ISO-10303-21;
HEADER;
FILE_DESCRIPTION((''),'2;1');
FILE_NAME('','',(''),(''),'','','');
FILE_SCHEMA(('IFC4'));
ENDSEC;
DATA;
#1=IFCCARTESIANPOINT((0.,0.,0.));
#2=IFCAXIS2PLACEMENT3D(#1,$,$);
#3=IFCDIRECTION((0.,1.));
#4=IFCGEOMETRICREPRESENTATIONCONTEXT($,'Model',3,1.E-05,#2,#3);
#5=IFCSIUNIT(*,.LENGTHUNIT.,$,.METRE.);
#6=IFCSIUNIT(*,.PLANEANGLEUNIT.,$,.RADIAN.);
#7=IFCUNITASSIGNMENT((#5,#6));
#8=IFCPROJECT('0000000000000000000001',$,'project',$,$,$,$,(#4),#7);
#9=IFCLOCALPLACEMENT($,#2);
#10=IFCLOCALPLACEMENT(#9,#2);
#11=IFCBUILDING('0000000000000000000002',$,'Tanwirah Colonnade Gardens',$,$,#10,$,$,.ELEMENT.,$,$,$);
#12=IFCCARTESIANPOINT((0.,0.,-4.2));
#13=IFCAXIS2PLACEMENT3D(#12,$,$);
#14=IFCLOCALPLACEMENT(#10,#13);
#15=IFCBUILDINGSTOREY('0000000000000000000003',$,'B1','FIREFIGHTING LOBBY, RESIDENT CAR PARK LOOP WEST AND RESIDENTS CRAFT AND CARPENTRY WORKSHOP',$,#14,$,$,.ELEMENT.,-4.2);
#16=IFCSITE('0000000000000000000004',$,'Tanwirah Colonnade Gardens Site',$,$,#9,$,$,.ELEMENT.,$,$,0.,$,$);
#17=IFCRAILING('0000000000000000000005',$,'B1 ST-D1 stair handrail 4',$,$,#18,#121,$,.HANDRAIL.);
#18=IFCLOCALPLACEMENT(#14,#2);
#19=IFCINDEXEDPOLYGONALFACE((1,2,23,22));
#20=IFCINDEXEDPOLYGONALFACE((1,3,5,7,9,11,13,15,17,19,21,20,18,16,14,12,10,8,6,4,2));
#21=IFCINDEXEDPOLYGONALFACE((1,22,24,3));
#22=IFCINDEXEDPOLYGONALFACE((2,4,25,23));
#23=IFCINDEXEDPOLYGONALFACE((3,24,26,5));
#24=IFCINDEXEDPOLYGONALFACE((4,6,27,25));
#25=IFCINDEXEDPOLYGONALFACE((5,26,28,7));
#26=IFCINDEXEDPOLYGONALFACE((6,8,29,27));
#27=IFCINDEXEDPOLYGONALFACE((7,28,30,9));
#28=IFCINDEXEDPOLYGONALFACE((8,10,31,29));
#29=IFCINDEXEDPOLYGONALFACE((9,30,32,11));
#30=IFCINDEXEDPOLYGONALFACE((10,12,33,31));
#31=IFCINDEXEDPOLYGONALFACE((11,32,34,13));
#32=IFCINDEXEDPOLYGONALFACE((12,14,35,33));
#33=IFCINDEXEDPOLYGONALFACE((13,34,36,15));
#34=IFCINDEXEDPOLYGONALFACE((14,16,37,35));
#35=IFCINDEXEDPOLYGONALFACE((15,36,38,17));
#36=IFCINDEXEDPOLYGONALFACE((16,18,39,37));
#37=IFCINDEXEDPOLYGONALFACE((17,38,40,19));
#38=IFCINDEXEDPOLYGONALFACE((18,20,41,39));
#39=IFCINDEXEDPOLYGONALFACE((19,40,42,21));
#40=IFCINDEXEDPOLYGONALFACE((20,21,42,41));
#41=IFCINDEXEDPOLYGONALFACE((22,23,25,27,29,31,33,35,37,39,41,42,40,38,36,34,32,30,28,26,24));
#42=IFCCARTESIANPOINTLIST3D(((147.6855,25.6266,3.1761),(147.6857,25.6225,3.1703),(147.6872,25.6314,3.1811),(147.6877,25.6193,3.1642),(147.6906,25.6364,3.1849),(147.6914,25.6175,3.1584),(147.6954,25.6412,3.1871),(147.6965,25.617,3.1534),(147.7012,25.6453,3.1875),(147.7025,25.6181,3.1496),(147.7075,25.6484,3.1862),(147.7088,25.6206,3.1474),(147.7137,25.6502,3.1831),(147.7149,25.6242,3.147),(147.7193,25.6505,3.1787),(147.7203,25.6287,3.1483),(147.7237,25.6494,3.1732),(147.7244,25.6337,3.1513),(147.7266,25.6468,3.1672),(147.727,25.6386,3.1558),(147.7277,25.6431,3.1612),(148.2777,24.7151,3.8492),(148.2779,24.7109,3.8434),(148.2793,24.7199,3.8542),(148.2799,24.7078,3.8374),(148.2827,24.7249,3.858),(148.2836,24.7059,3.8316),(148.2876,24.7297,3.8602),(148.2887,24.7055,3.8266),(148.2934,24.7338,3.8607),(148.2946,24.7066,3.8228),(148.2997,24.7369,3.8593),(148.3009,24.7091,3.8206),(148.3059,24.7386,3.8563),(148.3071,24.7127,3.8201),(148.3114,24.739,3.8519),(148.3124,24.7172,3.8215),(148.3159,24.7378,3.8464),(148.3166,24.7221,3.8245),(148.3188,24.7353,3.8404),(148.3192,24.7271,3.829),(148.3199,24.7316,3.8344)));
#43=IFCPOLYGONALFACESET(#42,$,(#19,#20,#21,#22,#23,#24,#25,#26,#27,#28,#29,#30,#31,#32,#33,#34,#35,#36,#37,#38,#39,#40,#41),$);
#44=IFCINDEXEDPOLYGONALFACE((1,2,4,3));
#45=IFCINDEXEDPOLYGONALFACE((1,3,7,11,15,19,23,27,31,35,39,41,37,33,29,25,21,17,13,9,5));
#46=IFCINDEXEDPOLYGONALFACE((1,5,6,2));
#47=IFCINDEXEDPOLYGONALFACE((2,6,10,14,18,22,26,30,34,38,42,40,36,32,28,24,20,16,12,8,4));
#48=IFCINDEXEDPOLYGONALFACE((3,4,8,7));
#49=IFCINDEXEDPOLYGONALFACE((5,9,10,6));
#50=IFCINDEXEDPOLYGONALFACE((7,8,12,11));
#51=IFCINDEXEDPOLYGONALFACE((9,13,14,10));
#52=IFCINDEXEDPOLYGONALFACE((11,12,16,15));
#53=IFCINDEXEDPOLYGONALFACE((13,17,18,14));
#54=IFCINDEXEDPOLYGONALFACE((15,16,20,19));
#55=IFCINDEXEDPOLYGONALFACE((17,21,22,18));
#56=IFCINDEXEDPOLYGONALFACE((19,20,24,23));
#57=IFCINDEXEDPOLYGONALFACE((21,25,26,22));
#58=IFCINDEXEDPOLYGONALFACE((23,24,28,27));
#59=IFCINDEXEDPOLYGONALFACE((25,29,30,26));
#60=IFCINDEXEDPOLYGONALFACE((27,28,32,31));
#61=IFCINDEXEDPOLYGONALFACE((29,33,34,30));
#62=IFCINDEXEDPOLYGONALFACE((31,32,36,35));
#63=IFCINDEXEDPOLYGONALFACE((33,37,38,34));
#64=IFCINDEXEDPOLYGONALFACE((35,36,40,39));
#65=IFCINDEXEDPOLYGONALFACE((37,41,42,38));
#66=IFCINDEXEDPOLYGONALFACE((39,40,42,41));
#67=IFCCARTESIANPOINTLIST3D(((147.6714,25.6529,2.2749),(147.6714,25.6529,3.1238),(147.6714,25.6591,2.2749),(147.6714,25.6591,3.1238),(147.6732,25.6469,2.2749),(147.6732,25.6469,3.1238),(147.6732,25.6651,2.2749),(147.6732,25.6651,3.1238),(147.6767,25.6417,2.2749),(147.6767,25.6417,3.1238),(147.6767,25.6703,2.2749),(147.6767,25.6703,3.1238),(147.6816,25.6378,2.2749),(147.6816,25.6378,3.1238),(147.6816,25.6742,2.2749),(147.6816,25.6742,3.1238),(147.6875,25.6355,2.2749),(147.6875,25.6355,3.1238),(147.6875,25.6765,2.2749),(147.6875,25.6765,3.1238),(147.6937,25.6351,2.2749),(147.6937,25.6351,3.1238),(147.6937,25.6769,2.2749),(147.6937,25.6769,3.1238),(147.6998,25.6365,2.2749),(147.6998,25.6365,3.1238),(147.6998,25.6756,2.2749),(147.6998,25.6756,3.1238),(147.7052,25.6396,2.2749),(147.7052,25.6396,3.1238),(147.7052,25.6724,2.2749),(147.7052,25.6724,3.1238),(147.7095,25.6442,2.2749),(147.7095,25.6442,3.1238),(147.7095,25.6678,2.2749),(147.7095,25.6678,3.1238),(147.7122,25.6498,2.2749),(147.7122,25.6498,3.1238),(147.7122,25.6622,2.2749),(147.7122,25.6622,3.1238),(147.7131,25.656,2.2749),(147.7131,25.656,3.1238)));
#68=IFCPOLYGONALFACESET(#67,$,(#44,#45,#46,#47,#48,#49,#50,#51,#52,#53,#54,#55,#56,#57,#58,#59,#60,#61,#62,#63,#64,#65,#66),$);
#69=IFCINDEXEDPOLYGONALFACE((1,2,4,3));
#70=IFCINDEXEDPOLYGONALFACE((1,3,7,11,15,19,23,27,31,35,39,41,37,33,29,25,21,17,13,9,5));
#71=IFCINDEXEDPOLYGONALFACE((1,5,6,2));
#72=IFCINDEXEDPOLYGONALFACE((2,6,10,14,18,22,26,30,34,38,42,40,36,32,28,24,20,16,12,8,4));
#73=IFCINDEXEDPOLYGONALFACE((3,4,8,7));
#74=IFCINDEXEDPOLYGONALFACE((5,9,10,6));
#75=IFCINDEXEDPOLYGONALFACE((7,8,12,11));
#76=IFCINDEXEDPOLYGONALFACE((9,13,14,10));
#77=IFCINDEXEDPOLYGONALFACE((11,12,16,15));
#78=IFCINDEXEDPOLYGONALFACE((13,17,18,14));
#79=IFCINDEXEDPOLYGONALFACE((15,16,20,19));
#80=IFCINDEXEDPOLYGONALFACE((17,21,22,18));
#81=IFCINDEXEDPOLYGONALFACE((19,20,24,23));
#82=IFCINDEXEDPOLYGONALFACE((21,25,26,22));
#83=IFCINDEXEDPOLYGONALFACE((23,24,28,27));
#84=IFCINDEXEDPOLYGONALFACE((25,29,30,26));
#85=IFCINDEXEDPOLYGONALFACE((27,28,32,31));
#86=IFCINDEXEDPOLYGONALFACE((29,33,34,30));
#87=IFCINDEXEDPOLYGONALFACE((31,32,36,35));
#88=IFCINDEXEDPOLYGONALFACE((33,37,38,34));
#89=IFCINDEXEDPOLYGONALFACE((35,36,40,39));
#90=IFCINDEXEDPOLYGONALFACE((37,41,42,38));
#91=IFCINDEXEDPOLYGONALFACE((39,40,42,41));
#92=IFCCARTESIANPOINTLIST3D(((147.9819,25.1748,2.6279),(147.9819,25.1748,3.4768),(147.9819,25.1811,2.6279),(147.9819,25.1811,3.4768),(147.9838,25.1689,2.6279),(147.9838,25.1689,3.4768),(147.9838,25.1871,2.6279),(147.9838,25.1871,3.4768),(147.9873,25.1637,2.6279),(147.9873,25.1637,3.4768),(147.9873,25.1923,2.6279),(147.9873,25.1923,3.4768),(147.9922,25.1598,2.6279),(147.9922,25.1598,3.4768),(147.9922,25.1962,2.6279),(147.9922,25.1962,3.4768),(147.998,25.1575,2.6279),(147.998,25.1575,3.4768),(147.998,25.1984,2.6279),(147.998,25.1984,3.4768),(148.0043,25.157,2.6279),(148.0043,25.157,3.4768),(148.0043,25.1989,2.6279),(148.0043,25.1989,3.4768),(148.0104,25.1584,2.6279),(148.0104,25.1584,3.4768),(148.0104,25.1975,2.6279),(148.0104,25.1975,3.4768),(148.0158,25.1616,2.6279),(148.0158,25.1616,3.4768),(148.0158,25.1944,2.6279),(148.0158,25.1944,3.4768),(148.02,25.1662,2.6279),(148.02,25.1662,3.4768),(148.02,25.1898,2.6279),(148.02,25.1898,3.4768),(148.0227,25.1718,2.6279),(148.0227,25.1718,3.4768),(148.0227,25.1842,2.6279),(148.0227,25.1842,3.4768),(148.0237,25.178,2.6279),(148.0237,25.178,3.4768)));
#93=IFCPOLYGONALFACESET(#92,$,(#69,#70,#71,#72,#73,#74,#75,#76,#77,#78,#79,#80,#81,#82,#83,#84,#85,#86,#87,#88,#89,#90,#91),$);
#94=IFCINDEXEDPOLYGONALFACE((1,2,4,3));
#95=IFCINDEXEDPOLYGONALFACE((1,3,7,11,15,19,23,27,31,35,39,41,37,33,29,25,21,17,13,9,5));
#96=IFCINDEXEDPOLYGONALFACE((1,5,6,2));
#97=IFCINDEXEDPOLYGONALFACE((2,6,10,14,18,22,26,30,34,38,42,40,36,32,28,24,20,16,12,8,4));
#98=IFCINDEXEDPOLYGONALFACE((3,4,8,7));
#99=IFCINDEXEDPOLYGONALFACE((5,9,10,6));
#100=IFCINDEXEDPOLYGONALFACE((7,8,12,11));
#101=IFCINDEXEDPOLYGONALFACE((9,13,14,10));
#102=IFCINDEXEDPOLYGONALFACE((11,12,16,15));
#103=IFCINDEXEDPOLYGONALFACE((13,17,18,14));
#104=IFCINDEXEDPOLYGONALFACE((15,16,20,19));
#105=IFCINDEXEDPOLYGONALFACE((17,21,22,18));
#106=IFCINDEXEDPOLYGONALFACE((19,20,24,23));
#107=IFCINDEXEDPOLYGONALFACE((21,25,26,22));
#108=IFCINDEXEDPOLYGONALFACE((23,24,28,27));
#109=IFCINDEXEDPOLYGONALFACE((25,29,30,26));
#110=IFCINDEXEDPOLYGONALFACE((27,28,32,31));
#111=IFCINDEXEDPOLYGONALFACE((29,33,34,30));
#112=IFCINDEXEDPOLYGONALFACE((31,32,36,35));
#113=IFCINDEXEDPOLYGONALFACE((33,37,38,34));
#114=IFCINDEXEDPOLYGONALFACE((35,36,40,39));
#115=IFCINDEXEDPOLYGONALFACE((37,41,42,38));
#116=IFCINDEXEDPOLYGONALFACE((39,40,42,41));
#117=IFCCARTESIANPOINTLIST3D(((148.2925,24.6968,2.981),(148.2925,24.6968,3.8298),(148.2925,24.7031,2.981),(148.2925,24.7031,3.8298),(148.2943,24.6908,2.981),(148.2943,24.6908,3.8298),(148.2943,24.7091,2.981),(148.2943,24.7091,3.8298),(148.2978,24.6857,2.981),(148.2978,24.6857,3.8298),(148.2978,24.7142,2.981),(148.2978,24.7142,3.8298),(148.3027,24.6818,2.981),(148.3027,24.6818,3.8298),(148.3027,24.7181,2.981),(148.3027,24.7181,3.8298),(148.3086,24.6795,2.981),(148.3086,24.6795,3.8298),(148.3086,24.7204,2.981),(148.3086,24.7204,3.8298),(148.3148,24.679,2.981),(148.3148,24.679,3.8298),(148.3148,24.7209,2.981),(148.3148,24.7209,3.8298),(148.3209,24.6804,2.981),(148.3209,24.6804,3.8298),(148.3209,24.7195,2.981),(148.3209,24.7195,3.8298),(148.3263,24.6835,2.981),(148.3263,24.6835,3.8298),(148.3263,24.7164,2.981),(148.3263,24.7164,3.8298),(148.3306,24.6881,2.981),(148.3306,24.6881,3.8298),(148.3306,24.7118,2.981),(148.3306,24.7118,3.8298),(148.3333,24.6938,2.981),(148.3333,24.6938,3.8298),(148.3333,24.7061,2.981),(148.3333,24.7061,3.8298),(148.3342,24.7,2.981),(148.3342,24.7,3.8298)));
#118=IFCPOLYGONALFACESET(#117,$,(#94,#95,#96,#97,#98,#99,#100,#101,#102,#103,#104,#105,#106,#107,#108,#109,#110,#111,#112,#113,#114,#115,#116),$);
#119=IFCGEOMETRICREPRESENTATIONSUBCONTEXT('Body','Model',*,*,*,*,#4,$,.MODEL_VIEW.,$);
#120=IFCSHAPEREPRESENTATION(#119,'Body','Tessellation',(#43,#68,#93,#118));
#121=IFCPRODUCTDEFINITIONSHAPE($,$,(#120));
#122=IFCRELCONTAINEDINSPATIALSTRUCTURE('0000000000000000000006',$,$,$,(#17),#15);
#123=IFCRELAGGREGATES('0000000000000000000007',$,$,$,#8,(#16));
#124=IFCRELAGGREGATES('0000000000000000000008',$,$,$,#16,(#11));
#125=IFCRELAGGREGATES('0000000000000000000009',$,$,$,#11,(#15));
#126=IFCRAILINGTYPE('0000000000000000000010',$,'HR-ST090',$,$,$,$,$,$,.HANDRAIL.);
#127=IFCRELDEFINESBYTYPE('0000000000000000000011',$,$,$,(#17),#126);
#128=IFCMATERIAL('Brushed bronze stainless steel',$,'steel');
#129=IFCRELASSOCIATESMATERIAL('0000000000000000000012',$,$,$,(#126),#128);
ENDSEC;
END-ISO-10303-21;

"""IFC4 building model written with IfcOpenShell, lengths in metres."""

from ifc_helpers import new_model, si_unit, direction, frame, origin, origin_2d, place, context, subcontext, project, spatial, circle, extrude, material, type_object, element, save


model = new_model("IFC4")

# Units and contexts
model_context = context("Model", 3, precision=1e-05, world=origin(), true_north=direction((0.0, 1.0)))
body_context = subcontext(model_context, "Body", "Model", "MODEL_VIEW")
ifc_project = project(units=[si_unit("LENGTHUNIT", "METRE"), si_unit("PLANEANGLEUNIT", "RADIAN")], contexts=[model_context])

# Site, building, storey
site_placement = place(None, origin())
site = spatial("IfcSite", under=ifc_project, at=site_placement, Name="Tanwirah Colonnade Gardens Site", CompositionType="ELEMENT", RefElevation=0.0)
building_placement = place(site_placement, origin())
building = spatial("IfcBuilding", under=site, at=building_placement, Name="Tanwirah Colonnade Gardens", CompositionType="ELEMENT")
storey_placement = place(building_placement, frame((0.0, 0.0, -4.2)))
storey = spatial("IfcBuildingStorey", under=building, at=storey_placement, Name="B1", Description="FIREFIGHTING LOBBY, RESIDENT CAR PARK LOOP WEST AND RESIDENTS CRAFT AND CARPENTRY WORKSHOP", CompositionType="ELEMENT", Elevation=-4.2)

# Railing
ifc_material_1 = material(Name="Brushed bronze stainless steel", Category="steel")
railing_type_1 = type_object("IfcRailingType", Name="HR-ST090", PredefinedType="HANDRAIL", material=ifc_material_1)
railing_1_placement = place(storey_placement, frame((147.6921, 25.656, 2.2749)))
element("IfcRailing", 1, at=railing_1_placement, inside=storey, type_object=railing_type_1, Name="B1 ST-D1 stair handrail 4", PredefinedType="HANDRAIL", context=body_context, shape_type="SweptSolid", body=[
    extrude(circle(Radius=0.0239, at=origin_2d()), frame((0.0144, -0.0222, 0.8923), z_axis=(0.463153, -0.712936, 0.526509), x_axis=(0.838581, 0.544778, 0.0)), (0.0, 0.0, 1.0), 1.2786),
    extrude(circle(Radius=0.021, at=origin_2d()), origin(), (0.0, 0.0, 1.0), 0.8489),
    extrude(circle(Radius=0.021, at=origin_2d()), frame((0.3105, -0.478, 0.353)), (0.0, 0.0, 1.0), 0.8489),
    extrude(circle(Radius=0.021, at=origin_2d()), frame((0.6211, -0.9561, 0.7061)), (0.0, 0.0, 1.0), 0.8489),
])

save(model, "model.ifc")
